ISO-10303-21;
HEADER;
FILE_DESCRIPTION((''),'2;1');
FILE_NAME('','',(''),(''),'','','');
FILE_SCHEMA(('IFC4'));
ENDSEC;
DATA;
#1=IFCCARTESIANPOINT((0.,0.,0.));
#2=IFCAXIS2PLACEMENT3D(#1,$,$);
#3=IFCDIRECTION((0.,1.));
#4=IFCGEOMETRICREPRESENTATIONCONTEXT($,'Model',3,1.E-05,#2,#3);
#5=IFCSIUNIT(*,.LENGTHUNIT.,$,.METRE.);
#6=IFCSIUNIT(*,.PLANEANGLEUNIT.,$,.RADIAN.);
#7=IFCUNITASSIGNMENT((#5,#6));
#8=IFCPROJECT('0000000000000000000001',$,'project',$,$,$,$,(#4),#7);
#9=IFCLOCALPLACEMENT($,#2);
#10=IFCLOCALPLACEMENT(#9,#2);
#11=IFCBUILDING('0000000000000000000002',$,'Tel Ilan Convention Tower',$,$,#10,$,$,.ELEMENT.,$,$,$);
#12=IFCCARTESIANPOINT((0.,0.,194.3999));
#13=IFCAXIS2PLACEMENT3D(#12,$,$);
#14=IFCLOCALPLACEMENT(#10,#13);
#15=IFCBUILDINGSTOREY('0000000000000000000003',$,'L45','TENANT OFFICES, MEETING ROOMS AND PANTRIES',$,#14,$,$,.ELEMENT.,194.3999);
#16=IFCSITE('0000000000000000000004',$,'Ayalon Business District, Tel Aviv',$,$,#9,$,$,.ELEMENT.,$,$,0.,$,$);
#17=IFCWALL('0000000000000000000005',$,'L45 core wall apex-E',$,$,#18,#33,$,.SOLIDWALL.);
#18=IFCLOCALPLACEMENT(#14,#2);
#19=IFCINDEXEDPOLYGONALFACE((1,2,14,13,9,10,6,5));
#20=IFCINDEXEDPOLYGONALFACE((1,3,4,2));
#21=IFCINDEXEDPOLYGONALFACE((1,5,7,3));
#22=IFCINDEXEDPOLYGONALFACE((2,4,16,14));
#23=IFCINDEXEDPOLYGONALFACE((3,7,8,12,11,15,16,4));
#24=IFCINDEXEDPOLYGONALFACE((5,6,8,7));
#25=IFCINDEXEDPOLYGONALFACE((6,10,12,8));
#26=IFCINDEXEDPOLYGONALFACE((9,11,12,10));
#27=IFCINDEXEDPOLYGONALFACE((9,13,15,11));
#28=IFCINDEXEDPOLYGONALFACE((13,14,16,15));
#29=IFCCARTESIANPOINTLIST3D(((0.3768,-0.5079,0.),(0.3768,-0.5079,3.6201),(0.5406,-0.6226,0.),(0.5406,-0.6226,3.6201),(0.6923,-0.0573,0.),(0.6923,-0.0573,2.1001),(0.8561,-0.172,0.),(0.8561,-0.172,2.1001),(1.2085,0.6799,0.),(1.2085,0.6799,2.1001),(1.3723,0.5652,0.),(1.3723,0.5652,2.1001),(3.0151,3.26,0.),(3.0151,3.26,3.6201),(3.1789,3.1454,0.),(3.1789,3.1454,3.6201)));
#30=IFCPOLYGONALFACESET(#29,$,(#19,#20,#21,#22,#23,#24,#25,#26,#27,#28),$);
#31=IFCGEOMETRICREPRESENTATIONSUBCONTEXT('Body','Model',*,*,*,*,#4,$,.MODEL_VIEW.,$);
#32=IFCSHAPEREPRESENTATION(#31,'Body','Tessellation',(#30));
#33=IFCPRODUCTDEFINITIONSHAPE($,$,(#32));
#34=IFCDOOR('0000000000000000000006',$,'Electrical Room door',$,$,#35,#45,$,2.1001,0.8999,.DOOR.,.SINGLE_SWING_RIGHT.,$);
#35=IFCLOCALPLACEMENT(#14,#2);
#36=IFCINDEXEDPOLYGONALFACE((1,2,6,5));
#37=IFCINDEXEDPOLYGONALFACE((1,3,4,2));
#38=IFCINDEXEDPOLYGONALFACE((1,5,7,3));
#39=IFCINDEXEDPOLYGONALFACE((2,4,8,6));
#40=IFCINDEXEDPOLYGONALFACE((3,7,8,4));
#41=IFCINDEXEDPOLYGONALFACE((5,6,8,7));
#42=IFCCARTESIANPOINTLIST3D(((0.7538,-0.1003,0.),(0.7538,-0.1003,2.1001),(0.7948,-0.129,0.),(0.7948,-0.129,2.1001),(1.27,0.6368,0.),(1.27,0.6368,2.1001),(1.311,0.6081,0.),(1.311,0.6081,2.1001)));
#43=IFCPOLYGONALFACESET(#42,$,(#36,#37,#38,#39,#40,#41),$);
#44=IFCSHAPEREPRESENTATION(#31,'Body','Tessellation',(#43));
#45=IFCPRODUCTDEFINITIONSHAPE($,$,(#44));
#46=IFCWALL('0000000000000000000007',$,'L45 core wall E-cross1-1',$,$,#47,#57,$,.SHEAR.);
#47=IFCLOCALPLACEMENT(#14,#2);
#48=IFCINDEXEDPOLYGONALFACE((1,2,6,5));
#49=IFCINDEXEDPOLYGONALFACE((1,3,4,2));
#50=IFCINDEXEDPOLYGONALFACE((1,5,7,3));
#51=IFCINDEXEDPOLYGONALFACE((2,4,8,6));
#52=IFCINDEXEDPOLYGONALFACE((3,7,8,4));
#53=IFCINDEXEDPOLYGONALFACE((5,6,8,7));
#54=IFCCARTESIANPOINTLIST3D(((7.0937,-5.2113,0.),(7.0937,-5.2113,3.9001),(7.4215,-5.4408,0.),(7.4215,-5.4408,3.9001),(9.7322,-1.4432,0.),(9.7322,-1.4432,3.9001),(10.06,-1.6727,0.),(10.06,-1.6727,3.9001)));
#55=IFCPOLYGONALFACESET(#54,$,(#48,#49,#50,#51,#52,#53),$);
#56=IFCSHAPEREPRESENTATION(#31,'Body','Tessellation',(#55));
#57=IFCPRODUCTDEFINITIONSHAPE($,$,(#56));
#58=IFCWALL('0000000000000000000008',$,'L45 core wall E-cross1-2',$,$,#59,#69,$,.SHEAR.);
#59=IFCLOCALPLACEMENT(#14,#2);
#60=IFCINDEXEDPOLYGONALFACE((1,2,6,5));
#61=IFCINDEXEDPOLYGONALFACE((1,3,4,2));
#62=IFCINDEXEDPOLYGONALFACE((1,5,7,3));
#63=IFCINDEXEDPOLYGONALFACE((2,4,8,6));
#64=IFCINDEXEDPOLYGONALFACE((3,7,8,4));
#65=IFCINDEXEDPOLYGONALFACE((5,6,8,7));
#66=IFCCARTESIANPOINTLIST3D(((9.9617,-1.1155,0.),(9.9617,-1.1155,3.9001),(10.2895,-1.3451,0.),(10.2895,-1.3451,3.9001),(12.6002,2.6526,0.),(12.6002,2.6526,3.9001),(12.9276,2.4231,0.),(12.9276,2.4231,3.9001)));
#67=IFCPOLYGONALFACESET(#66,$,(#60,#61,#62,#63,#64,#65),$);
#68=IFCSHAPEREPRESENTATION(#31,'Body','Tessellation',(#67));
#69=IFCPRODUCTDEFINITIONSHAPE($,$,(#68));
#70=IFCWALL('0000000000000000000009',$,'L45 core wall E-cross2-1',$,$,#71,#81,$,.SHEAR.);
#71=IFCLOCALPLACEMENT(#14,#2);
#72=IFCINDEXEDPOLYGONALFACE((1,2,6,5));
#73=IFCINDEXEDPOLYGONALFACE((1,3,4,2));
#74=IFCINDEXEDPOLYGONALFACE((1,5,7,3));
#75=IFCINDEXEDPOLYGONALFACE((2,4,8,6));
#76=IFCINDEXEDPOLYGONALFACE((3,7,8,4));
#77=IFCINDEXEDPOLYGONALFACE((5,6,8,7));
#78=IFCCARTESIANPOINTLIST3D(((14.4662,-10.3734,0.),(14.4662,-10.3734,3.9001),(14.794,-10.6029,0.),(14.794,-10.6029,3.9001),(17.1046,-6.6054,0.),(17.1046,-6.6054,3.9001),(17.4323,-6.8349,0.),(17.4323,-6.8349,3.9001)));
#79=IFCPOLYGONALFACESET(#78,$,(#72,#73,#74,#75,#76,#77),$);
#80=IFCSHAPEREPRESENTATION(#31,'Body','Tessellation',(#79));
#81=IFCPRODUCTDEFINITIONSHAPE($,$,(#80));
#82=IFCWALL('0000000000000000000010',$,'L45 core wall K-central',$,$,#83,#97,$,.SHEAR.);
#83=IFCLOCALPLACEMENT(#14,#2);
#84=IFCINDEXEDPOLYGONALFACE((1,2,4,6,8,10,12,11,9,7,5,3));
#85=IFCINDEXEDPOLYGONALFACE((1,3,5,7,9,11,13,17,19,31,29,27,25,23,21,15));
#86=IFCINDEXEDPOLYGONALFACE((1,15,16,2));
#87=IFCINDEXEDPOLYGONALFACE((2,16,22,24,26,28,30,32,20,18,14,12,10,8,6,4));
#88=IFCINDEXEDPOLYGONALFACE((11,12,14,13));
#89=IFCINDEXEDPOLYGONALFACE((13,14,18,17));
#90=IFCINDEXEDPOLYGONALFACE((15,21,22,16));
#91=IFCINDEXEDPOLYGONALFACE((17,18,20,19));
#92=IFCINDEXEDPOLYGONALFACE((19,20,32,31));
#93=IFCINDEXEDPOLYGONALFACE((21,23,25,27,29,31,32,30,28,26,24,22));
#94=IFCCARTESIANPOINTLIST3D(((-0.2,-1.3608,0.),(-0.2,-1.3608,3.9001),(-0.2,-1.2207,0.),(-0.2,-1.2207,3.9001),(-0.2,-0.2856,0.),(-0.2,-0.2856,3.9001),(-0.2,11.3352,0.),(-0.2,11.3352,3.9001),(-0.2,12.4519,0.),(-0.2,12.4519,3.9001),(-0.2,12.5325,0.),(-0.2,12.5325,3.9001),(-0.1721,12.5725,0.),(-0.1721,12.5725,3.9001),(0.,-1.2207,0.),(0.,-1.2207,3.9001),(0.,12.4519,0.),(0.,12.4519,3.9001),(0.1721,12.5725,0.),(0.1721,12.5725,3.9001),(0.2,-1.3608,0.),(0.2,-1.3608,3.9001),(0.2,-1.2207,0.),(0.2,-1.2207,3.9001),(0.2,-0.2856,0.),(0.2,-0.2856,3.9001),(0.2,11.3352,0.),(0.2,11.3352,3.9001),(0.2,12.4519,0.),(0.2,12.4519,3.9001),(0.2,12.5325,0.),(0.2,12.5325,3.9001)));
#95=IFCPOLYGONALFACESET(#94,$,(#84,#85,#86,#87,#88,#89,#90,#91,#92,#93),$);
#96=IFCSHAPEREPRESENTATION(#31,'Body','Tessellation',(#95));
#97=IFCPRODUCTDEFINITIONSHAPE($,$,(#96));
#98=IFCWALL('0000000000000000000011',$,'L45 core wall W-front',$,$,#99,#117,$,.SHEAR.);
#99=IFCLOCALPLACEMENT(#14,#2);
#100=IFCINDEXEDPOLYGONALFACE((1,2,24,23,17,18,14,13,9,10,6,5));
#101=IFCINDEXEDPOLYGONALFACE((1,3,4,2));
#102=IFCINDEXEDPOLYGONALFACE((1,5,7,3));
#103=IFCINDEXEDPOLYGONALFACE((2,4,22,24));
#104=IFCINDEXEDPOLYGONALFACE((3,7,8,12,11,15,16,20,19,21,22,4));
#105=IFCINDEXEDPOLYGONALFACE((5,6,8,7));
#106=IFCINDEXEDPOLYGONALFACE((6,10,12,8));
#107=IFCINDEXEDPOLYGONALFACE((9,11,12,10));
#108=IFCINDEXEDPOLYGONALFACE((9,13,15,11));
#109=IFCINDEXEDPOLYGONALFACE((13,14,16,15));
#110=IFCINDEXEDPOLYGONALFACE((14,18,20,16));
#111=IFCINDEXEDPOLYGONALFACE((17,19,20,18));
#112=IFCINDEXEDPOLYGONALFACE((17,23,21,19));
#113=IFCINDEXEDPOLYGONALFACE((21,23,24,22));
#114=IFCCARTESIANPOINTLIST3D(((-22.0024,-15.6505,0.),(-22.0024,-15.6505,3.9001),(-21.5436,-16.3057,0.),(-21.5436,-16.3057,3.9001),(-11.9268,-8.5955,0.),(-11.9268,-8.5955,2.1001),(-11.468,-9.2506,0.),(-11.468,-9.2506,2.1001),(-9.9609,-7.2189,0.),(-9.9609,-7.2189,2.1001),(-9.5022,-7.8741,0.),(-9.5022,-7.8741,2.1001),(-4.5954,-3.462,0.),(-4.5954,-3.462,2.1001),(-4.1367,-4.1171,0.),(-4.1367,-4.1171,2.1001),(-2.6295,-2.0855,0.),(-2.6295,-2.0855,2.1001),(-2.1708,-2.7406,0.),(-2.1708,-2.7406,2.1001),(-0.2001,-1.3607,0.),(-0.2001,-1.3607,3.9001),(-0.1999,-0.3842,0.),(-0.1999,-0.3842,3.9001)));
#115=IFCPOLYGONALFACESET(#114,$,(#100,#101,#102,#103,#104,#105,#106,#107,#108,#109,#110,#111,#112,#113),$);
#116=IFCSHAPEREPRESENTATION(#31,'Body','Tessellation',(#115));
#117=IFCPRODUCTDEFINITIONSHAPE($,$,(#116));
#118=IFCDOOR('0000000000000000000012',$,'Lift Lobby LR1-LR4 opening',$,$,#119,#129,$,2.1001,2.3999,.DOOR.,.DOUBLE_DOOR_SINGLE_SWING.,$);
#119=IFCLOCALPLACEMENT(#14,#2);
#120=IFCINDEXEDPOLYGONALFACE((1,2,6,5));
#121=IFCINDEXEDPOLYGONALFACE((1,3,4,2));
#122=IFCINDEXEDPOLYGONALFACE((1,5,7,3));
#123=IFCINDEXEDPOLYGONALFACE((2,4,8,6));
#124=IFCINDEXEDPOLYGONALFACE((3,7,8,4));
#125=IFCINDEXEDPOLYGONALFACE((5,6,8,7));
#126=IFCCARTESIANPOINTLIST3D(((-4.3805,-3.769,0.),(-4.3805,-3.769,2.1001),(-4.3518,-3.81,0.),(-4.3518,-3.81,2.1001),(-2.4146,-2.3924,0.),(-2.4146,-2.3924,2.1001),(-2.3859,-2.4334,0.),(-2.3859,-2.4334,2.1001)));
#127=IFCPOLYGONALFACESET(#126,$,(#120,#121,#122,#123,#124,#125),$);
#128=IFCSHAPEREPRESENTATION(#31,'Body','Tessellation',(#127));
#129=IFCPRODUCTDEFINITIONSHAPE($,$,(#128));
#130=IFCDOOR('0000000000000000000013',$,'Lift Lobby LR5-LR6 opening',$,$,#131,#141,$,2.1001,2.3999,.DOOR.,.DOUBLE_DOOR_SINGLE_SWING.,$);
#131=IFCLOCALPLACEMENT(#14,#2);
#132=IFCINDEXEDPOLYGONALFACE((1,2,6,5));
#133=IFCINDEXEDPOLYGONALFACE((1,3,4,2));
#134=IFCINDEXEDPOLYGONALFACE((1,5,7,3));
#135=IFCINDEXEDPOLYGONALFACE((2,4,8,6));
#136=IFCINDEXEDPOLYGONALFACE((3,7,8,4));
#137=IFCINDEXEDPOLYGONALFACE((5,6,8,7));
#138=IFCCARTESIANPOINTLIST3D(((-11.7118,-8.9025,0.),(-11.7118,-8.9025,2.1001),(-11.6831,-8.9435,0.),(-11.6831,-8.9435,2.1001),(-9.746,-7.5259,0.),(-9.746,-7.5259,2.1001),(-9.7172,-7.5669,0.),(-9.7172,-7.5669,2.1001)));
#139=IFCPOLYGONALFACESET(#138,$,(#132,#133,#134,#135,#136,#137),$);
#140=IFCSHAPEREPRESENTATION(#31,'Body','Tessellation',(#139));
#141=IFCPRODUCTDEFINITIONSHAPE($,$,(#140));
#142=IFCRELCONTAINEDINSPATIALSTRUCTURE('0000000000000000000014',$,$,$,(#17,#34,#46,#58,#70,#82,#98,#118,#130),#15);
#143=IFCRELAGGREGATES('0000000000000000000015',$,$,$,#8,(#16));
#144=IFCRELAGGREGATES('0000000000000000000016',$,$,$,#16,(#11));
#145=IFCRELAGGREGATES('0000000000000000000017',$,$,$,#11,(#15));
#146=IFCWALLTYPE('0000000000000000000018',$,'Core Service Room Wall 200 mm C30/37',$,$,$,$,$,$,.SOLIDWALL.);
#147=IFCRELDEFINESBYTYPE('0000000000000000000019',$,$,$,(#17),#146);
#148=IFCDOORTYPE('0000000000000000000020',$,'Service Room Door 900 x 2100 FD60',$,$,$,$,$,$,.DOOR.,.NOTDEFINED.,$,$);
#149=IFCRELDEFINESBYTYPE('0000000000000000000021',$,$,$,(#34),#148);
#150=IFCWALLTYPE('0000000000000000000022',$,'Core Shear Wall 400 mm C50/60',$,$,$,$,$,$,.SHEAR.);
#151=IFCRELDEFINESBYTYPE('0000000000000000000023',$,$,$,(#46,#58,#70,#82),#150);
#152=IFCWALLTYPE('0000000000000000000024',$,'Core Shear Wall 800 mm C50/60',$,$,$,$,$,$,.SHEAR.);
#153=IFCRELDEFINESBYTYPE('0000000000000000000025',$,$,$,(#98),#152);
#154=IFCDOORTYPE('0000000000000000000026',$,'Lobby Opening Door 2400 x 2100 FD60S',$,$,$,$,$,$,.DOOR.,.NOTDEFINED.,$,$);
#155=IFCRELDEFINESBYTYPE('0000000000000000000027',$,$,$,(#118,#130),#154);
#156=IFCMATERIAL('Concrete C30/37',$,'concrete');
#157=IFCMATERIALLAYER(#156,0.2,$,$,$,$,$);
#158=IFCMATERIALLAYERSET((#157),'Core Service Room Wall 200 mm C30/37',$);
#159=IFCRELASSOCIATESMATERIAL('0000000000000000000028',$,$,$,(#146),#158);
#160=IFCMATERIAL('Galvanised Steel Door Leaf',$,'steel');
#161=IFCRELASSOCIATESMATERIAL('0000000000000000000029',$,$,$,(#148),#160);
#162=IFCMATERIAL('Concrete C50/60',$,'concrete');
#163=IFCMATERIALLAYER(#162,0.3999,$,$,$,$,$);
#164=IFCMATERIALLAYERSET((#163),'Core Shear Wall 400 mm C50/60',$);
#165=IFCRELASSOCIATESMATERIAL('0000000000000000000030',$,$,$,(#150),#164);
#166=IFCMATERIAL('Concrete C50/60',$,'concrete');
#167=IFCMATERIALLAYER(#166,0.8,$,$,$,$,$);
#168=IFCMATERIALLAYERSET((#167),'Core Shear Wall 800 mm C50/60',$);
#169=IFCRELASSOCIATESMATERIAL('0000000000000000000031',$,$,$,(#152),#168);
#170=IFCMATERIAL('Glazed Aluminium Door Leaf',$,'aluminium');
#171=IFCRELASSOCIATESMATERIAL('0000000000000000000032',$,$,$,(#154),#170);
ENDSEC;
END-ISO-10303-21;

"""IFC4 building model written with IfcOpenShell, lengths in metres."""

from ifc_helpers import new_model, si_unit, direction, frame, frame_2d, origin, place, context, subcontext, project, spatial, polyline, rectangle, outline, extrude, material, layer, layer_set, type_object, element, fill, save


model = new_model("IFC4")

# Units and contexts
model_context = context("Model", 3, precision=1e-05, world=origin(), true_north=direction((0.0, 1.0)))
body_context = subcontext(model_context, "Body", "Model", "MODEL_VIEW")
ifc_project = project(units=[si_unit("LENGTHUNIT", "METRE"), si_unit("PLANEANGLEUNIT", "RADIAN")], contexts=[model_context])

# Site, building, storey
site_placement = place(None, origin())
site = spatial("IfcSite", under=ifc_project, at=site_placement, Name="Ayalon Business District, Tel Aviv", CompositionType="ELEMENT", RefElevation=0.0)
building_placement = place(site_placement, origin())
building = spatial("IfcBuilding", under=site, at=building_placement, Name="Tel Ilan Convention Tower", CompositionType="ELEMENT")
storey_placement = place(building_placement, frame((0.0, 0.0, 194.3999)))
storey = spatial("IfcBuildingStorey", under=building, at=storey_placement, Name="L45", Description="TENANT OFFICES, MEETING ROOMS AND PANTRIES", CompositionType="ELEMENT", Elevation=194.3999)

# Wall, opening, door
ifc_material_1 = material(Name="Concrete C30/37", Category="concrete")
ifc_layer_1 = layer(ifc_material_1, 0.2)
ifc_layer_set_1 = layer_set([ifc_layer_1], Name="Core Service Room Wall 200 mm C30/37")
wall_type_1 = type_object("IfcWallType", Name="Core Service Room Wall 200 mm C30/37", PredefinedType="SOLIDWALL", material=ifc_layer_set_1)
wall_1_placement = place(storey_placement, frame((0.4587, -0.5652, 0.0), z_axis=(0.0, 0.0, 1.0), x_axis=(0.573576, 0.819152, 0.0)))
wall_1 = element("IfcWall", 1, at=wall_1_placement, inside=storey, type_object=wall_type_1, Name="L45 core wall apex-E", PredefinedType="SOLIDWALL", context=body_context, shape_type="SweptSolid", body=[
    extrude(rectangle(XDim=4.5999, YDim=0.2, at=frame_2d((2.2998, 0.0))), origin(), (0.0, 0.0, 1.0), 3.6201),
])
opening_1_placement = place(wall_1_placement, frame((0.55, 0.0, 0.0)))
opening_1 = element("IfcOpeningElement", 2, at=opening_1_placement, cuts=wall_1, PredefinedType="OPENING", context=body_context, shape_type="SweptSolid", body=[
    extrude(rectangle(XDim=0.8999, YDim=2.1001, at=frame_2d((0.45, 1.05))), frame((0.0, 0.1099, 0.0), z_axis=(0.0, -1.0, 0.0), x_axis=(1.0, 0.0, 0.0)), (0.0, 0.0, 1.0), 0.22),
])
ifc_material_2 = material(Name="Galvanised Steel Door Leaf", Category="steel")
door_type_1 = type_object("IfcDoorType", Name="Service Room Door 900 x 2100 FD60", OperationType="NOTDEFINED", PredefinedType="DOOR", material=ifc_material_2)
door_1_placement = place(opening_1_placement, origin())
door_1 = element("IfcDoor", 3, at=door_1_placement, inside=storey, type_object=door_type_1, Name="Electrical Room door", OperationType="SINGLE_SWING_RIGHT", OverallHeight=2.1001, OverallWidth=0.8999, PredefinedType="DOOR", context=body_context, shape_type="SweptSolid", body=[
    extrude(rectangle(XDim=0.8999, YDim=2.1001, at=frame_2d((0.45, 1.05))), frame((0.0, 0.0249, 0.0), z_axis=(0.0, -1.0, 0.0), x_axis=(1.0, 0.0, 0.0)), (0.0, 0.0, 1.0), 0.05),
])
fill(opening_1, door_1)

# Walls
ifc_material_3 = material(Name="Concrete C50/60", Category="concrete")
ifc_layer_2 = layer(ifc_material_3, 0.3999)
ifc_layer_set_2 = layer_set([ifc_layer_2], Name="Core Shear Wall 400 mm C50/60")
wall_type_2 = type_object("IfcWallType", Name="Core Shear Wall 400 mm C50/60", PredefinedType="SHEAR", material=ifc_layer_set_2)
wall_2_placement = place(storey_placement, frame((7.2578, -5.3259, 0.0), z_axis=(0.0, 0.0, 1.0), x_axis=(0.573541, 0.819177, 0.0)))
element("IfcWall", 4, at=wall_2_placement, inside=storey, type_object=wall_type_2, Name="L45 core wall E-cross1-1", PredefinedType="SHEAR", context=body_context, shape_type="SweptSolid", body=[
    extrude(outline(polyline([(-0.0002, 0.2002), (-0.0002, -0.2), (4.5999, -0.2002), (4.5999, 0.2), (-0.0002, 0.2002)])), origin(), (0.0, 0.0, 1.0), 3.9001),
])
wall_3_placement = place(storey_placement, frame((10.1255, -1.2302, 0.0), z_axis=(0.0, 0.0, 1.0), x_axis=(0.573576, 0.819152, 0.0)))
element("IfcWall", 5, at=wall_3_placement, inside=storey, type_object=wall_type_2, Name="L45 core wall E-cross1-2", PredefinedType="SHEAR", context=body_context, shape_type="SweptSolid", body=[
    extrude(outline(polyline([(4.5999, -0.2), (4.6001, 0.2), (0.0, 0.2), (0.0, -0.2002), (4.5999, -0.2)])), origin(), (0.0, 0.0, 1.0), 3.9001),
])
wall_4_placement = place(storey_placement, frame((14.6299, -10.4883, 0.0), z_axis=(0.0, 0.0, 1.0), x_axis=(0.573612, 0.819127, 0.0)))
element("IfcWall", 6, at=wall_4_placement, inside=storey, type_object=wall_type_2, Name="L45 core wall E-cross2-1", PredefinedType="SHEAR", context=body_context, shape_type="SweptSolid", body=[
    extrude(outline(polyline([(0.0002, 0.2), (0.0002, -0.2002), (4.6001, -0.2), (4.6001, 0.2002), (0.0002, 0.2)])), origin(), (0.0, 0.0, 1.0), 3.9001),
])
wall_5_placement = place(storey_placement, frame((0.0, -1.3608, 0.0), z_axis=(0.0, 0.0, 1.0), x_axis=(0.0, 1.0, 0.0)))
element("IfcWall", 7, at=wall_5_placement, inside=storey, type_object=wall_type_2, Name="L45 core wall K-central", PredefinedType="SHEAR", context=body_context, shape_type="SweptSolid", body=[
    extrude(outline(polyline([(0.0, -0.2), (0.1401, -0.2), (1.0752, -0.2), (12.696, -0.2), (13.8127, -0.2), (13.8933, -0.2), (13.9333, -0.1721), (13.8127, 0.0), (13.9333, 0.1721), (13.8933, 0.2), (13.8127, 0.2), (12.696, 0.2), (1.0752, 0.2), (0.1401, 0.2), (0.0, 0.2), (0.1401, 0.0), (0.0, -0.2)])), origin(), (0.0, 0.0, 1.0), 3.9001),
])

# Wall, openings, doors
ifc_material_4 = material(Name="Concrete C50/60", Category="concrete")
ifc_layer_3 = layer(ifc_material_4, 0.8)
ifc_layer_set_3 = layer_set([ifc_layer_3], Name="Core Shear Wall 800 mm C50/60")
wall_type_3 = type_object("IfcWallType", Name="Core Shear Wall 800 mm C50/60", PredefinedType="SHEAR", material=ifc_layer_set_3)
wall_6_placement = place(storey_placement, frame((0.0293, -0.7119, 0.0), z_axis=(0.0, 0.0, 1.0), x_axis=(-0.819152, -0.573577, 0.0)))
wall_6 = element("IfcWall", 8, at=wall_6_placement, inside=storey, type_object=wall_type_3, Name="L45 core wall W-front", PredefinedType="SHEAR", context=body_context, shape_type="SweptSolid", body=[
    extrude(outline(polyline([(26.6157, 0.3999), (0.5601, 0.3999), (-0.0002, -0.3999), (26.6157, -0.3999), (26.6157, 0.3999)])), origin(), (0.0, 0.0, 1.0), 3.9001),
])
opening_2_placement = place(wall_6_placement, frame((2.9658, 0.0, 0.0)))
opening_2 = element("IfcOpeningElement", 9, at=opening_2_placement, cuts=wall_6, PredefinedType="OPENING", context=body_context, shape_type="SweptSolid", body=[
    extrude(rectangle(XDim=2.3999, YDim=2.1001, at=frame_2d((1.2, 1.05))), frame((0.0, 0.4099, 0.0), z_axis=(0.0, -1.0, 0.0), x_axis=(1.0, 0.0, 0.0)), (0.0, 0.0, 1.0), 0.8201),
])
opening_3_placement = place(wall_6_placement, frame((11.9158, 0.0, 0.0)))
opening_3 = element("IfcOpeningElement", 10, at=opening_3_placement, cuts=wall_6, PredefinedType="OPENING", context=body_context, shape_type="SweptSolid", body=[
    extrude(rectangle(XDim=2.3999, YDim=2.1001, at=frame_2d((1.2, 1.05))), frame((0.0, 0.4099, 0.0), z_axis=(0.0, -1.0, 0.0), x_axis=(1.0, 0.0, 0.0)), (0.0, 0.0, 1.0), 0.8201),
])
ifc_material_5 = material(Name="Glazed Aluminium Door Leaf", Category="aluminium")
door_type_2 = type_object("IfcDoorType", Name="Lobby Opening Door 2400 x 2100 FD60S", OperationType="NOTDEFINED", PredefinedType="DOOR", material=ifc_material_5)
door_2_placement = place(opening_2_placement, origin())
door_2 = element("IfcDoor", 11, at=door_2_placement, inside=storey, type_object=door_type_2, Name="Lift Lobby LR1-LR4 opening", OperationType="DOUBLE_DOOR_SINGLE_SWING", OverallHeight=2.1001, OverallWidth=2.3999, PredefinedType="DOOR", context=body_context, shape_type="SweptSolid", body=[
    extrude(rectangle(XDim=2.3999, YDim=2.1001, at=frame_2d((1.2, 1.05))), frame((0.0, 0.0249, 0.0), z_axis=(0.0, -1.0, 0.0), x_axis=(1.0, 0.0, 0.0)), (0.0, 0.0, 1.0), 0.05),
])
fill(opening_2, door_2)
door_3_placement = place(opening_3_placement, origin())
door_3 = element("IfcDoor", 12, at=door_3_placement, inside=storey, type_object=door_type_2, Name="Lift Lobby LR5-LR6 opening", OperationType="DOUBLE_DOOR_SINGLE_SWING", OverallHeight=2.1001, OverallWidth=2.3999, PredefinedType="DOOR", context=body_context, shape_type="SweptSolid", body=[
    extrude(rectangle(XDim=2.3999, YDim=2.1001, at=frame_2d((1.2, 1.05))), frame((0.0, 0.0249, 0.0), z_axis=(0.0, -1.0, 0.0), x_axis=(1.0, 0.0, 0.0)), (0.0, 0.0, 1.0), 0.05),
])
fill(opening_3, door_3)

save(model, "model.ifc")
